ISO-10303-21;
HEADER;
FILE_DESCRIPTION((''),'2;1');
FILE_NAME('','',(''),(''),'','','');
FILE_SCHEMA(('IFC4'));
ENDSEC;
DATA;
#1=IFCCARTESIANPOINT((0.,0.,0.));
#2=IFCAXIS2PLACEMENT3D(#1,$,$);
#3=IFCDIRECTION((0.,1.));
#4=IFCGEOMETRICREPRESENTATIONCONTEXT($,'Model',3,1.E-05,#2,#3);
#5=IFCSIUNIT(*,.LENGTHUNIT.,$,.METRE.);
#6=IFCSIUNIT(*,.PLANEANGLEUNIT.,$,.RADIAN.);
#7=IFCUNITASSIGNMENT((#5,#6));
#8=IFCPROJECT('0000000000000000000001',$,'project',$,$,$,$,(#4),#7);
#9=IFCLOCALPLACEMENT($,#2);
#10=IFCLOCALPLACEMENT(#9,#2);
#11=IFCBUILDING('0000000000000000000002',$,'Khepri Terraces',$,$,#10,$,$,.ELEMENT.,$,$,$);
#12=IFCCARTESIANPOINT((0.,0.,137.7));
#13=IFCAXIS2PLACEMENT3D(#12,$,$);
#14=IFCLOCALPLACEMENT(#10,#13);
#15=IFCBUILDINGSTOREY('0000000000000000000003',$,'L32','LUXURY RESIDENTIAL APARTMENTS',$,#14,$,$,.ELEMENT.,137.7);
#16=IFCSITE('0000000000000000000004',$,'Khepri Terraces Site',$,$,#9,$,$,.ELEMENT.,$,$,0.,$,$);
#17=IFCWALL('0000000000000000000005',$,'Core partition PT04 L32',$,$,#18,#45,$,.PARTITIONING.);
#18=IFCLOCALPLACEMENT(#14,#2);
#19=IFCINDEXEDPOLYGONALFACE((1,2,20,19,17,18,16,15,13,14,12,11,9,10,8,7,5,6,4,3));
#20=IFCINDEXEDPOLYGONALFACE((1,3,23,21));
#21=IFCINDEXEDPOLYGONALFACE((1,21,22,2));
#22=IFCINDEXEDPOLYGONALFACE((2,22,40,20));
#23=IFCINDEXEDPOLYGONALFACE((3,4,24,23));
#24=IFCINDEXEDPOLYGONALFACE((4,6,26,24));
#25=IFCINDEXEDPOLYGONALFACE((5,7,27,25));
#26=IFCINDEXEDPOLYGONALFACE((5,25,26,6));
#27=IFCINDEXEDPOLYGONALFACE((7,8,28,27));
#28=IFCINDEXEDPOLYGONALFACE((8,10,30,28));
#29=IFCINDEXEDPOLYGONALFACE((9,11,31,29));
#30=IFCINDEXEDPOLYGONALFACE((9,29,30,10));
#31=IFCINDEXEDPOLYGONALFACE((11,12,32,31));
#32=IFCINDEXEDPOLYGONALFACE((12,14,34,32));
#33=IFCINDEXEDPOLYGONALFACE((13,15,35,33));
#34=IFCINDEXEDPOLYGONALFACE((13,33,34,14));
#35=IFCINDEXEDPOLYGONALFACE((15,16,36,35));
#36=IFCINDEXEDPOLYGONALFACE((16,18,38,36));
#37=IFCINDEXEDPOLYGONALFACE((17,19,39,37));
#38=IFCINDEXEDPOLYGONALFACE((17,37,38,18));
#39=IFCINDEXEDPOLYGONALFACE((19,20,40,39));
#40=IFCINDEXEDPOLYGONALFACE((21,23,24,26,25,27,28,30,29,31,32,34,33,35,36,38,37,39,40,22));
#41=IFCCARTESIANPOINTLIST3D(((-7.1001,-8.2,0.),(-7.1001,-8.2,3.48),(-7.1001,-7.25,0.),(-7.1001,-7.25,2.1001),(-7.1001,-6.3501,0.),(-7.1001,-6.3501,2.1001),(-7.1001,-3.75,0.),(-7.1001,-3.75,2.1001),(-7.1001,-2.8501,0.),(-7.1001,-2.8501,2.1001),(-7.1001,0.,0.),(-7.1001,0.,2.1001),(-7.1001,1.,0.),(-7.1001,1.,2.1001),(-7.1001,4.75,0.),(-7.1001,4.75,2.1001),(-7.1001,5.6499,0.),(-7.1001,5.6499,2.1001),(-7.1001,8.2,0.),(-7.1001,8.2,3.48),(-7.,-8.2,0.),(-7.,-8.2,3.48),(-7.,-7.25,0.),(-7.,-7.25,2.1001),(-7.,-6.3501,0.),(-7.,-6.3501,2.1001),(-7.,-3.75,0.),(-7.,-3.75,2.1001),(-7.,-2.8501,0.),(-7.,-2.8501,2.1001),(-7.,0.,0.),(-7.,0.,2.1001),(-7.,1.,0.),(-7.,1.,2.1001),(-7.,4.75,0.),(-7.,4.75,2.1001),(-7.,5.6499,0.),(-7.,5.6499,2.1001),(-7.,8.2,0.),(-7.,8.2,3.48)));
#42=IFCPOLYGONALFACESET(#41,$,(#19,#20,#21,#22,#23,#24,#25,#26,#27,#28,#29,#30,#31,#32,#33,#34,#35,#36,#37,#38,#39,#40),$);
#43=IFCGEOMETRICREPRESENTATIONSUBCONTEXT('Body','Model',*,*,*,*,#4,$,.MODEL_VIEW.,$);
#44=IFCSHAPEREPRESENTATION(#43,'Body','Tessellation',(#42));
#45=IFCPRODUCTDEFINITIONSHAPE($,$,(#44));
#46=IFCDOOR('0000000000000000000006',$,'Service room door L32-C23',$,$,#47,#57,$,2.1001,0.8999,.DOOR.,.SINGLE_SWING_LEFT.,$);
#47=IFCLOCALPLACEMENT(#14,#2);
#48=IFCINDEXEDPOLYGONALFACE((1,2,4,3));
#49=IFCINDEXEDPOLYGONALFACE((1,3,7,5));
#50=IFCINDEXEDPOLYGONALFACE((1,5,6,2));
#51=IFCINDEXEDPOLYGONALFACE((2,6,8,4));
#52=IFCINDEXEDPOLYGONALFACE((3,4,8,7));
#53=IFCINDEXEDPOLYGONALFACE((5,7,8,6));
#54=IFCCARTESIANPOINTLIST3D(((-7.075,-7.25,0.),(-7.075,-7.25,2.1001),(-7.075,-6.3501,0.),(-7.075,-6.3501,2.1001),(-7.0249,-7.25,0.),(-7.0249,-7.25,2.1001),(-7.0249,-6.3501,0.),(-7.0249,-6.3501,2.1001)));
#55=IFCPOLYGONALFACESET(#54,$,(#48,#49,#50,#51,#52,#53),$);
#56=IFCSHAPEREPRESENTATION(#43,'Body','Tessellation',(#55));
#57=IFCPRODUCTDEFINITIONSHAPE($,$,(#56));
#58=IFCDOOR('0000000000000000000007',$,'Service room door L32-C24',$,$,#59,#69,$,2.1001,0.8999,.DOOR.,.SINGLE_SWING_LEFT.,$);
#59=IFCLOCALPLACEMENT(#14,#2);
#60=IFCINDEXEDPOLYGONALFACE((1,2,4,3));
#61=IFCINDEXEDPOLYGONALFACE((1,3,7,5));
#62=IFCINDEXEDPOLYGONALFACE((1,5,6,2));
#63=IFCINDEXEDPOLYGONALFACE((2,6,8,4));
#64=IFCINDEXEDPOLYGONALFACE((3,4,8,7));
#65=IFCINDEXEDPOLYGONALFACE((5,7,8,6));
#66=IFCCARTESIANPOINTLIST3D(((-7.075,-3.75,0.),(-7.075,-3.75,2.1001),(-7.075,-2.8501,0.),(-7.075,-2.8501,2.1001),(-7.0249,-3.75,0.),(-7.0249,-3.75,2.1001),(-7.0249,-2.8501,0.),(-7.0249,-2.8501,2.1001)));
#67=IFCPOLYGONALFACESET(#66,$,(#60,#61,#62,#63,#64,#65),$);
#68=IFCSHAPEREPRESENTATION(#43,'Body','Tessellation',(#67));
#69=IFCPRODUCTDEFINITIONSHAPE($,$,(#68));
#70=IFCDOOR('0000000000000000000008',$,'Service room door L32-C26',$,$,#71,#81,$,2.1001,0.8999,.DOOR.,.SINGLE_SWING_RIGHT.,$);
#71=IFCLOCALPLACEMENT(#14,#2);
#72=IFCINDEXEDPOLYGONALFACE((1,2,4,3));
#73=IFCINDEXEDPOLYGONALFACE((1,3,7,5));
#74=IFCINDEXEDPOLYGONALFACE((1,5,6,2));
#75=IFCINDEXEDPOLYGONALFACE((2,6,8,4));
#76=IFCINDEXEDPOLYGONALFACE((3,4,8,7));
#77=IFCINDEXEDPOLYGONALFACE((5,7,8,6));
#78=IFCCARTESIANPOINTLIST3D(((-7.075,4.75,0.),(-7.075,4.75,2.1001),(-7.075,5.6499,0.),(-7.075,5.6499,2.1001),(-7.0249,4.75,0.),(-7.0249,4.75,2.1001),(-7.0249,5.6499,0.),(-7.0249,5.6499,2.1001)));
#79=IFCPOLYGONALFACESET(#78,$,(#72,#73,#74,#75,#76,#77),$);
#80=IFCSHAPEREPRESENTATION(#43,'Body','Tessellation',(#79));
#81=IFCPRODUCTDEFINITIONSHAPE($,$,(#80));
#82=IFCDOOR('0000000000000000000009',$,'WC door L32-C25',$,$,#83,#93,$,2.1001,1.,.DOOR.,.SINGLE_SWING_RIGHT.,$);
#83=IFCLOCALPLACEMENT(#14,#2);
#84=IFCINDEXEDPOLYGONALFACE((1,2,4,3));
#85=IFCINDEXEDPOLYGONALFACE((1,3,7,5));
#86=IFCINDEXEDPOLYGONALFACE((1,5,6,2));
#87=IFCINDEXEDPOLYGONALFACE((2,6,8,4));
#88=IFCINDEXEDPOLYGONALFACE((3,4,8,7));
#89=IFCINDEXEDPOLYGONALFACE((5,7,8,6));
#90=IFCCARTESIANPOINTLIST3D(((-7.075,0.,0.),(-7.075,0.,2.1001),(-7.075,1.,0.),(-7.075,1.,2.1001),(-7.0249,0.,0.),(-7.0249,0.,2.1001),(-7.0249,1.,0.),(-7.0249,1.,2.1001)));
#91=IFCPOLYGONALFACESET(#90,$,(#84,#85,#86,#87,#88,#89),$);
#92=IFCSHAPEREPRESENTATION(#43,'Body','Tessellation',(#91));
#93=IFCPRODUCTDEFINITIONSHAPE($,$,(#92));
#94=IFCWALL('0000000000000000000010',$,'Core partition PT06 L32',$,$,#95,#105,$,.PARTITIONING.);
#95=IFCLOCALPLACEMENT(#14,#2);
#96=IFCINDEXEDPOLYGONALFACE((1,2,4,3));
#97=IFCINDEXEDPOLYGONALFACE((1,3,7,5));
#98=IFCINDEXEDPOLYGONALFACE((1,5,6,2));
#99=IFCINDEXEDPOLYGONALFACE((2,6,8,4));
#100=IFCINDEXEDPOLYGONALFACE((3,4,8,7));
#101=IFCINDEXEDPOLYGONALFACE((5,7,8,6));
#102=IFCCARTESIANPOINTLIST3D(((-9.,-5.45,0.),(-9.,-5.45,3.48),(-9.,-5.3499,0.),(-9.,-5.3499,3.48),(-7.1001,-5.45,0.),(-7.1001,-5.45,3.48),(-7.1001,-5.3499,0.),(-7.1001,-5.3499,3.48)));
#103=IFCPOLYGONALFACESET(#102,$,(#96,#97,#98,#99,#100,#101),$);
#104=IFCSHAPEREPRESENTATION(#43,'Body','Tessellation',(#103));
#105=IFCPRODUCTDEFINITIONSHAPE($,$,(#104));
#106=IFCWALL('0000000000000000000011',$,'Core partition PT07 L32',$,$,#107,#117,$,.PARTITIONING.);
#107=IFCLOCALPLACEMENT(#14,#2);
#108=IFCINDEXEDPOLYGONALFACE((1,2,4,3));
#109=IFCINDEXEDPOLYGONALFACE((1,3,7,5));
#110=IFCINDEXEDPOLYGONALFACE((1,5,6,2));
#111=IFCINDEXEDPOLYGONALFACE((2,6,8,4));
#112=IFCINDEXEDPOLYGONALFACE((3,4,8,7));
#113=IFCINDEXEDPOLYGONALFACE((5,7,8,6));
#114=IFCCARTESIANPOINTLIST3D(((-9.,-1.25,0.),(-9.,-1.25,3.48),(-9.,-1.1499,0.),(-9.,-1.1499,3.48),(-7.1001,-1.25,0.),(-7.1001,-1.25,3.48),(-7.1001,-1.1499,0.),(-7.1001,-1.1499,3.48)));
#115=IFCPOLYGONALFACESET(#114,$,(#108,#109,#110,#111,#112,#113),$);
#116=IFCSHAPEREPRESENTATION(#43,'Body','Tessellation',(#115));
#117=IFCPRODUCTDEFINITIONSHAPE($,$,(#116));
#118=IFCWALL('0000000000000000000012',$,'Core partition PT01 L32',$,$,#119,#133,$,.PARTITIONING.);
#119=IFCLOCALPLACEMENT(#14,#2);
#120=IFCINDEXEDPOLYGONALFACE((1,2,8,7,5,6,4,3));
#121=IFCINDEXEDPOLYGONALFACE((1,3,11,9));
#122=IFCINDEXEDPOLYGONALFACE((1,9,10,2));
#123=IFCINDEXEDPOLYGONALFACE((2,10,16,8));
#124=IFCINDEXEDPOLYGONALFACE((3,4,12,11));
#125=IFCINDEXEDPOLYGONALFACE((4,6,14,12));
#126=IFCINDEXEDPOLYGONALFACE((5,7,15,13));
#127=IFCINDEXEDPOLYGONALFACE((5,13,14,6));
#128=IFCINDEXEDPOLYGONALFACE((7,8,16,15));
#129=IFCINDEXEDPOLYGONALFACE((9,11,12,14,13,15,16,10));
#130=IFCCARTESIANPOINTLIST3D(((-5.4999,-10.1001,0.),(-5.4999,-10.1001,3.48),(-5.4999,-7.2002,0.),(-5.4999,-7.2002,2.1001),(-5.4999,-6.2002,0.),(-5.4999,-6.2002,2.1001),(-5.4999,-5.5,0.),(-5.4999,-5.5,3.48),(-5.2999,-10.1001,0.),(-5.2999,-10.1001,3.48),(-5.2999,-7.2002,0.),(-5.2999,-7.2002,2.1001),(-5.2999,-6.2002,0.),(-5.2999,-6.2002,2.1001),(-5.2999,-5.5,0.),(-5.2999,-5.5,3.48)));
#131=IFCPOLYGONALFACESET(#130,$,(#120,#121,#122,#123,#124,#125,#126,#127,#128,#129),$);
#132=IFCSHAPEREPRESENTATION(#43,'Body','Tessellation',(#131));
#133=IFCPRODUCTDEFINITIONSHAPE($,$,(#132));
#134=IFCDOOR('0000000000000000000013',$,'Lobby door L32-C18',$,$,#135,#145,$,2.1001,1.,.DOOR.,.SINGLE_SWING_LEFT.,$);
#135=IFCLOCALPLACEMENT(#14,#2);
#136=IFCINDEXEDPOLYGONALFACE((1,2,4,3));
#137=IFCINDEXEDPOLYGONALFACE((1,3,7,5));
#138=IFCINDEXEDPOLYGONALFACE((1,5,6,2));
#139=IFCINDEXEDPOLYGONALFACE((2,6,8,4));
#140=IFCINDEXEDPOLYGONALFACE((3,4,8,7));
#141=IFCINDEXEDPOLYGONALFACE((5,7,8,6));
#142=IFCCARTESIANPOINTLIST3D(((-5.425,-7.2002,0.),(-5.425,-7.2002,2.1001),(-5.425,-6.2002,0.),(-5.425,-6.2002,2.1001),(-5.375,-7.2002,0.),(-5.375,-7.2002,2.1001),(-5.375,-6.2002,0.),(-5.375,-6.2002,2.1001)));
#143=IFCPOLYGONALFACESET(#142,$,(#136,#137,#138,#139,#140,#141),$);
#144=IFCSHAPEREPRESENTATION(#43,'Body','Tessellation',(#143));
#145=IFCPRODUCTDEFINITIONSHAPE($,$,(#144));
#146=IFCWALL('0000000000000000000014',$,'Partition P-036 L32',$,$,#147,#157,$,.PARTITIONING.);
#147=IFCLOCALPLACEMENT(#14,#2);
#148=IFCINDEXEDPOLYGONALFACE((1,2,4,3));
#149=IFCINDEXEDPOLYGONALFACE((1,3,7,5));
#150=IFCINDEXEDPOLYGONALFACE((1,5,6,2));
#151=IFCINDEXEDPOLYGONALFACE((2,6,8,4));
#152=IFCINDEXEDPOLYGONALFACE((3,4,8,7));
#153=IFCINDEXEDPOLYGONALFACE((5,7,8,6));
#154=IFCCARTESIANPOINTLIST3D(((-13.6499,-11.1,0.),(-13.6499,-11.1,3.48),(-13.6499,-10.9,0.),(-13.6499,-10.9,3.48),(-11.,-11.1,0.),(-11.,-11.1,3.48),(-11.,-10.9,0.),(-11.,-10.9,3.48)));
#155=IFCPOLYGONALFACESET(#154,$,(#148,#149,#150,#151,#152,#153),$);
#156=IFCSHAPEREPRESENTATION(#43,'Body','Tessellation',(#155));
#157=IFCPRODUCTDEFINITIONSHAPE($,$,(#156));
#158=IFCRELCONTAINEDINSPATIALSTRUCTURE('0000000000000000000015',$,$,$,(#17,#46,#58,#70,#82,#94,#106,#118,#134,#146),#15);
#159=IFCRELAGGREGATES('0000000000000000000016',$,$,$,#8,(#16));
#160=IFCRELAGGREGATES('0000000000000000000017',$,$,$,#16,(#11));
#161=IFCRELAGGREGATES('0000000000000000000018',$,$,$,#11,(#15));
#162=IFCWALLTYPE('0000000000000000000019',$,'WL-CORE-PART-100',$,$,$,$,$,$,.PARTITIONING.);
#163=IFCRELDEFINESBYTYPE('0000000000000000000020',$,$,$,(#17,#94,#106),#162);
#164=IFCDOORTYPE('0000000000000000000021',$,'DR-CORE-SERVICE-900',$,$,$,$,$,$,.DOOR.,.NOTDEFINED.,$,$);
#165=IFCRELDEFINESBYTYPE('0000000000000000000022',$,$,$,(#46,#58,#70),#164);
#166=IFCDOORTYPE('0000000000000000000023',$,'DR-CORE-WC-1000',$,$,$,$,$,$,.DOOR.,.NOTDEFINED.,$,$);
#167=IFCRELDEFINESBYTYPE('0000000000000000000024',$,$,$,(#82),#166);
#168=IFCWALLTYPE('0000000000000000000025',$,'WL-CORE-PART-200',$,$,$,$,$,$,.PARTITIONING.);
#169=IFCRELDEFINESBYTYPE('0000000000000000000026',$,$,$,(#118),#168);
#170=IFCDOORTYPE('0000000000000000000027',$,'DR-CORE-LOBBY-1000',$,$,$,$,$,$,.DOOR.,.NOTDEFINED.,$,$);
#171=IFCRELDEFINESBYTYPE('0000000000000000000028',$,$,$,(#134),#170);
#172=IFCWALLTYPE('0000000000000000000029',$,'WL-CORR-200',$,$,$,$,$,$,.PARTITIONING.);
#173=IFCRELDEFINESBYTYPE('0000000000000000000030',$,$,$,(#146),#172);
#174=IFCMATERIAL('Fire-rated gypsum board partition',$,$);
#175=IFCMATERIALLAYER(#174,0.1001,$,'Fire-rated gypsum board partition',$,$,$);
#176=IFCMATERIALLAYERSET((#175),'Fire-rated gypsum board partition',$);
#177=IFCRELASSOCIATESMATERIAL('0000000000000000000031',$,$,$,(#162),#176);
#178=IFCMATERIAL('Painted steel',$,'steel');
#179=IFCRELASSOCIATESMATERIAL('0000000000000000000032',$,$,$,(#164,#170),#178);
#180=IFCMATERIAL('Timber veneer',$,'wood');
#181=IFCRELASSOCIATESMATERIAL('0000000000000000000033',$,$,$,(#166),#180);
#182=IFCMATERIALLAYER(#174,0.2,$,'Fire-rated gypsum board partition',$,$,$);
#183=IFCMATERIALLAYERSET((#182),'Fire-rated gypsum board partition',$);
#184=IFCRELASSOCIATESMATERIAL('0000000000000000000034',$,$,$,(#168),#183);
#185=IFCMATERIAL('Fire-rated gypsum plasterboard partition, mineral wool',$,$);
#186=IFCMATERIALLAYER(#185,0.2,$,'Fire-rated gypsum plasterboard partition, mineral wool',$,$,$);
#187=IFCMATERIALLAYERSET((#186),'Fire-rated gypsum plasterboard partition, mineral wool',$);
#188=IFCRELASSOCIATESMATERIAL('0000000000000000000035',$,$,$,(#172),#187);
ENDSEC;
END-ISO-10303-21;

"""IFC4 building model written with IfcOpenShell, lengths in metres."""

from ifc_helpers import new_model, si_unit, direction, frame, frame_2d, origin, place, context, subcontext, project, spatial, rectangle, extrude, material, layer, layer_set, type_object, element, fill, save


model = new_model("IFC4")

# Units and contexts
model_context = context("Model", 3, precision=1e-05, world=origin(), true_north=direction((0.0, 1.0)))
body_context = subcontext(model_context, "Body", "Model", "MODEL_VIEW")
ifc_project = project(units=[si_unit("LENGTHUNIT", "METRE"), si_unit("PLANEANGLEUNIT", "RADIAN")], contexts=[model_context])

# Site, building, storey
site_placement = place(None, origin())
site = spatial("IfcSite", under=ifc_project, at=site_placement, Name="Khepri Terraces Site", CompositionType="ELEMENT", RefElevation=0.0)
building_placement = place(site_placement, origin())
building = spatial("IfcBuilding", under=site, at=building_placement, Name="Khepri Terraces", CompositionType="ELEMENT")
storey_placement = place(building_placement, frame((0.0, 0.0, 137.7)))
storey = spatial("IfcBuildingStorey", under=building, at=storey_placement, Name="L32", Description="LUXURY RESIDENTIAL APARTMENTS", CompositionType="ELEMENT", Elevation=137.7)

# Shared definitions
ifc_material_1 = material(Name="Painted steel", Category="steel")

# Wall, openings, doors
ifc_material_2 = material(Name="Fire-rated gypsum board partition")
ifc_layer_1 = layer(ifc_material_2, 0.1001, Name="Fire-rated gypsum board partition")
ifc_layer_set_1 = layer_set([ifc_layer_1], Name="Fire-rated gypsum board partition")
wall_type_1 = type_object("IfcWallType", Name="WL-CORE-PART-100", PredefinedType="PARTITIONING", material=ifc_layer_set_1)
wall_1_placement = place(storey_placement, frame((-7.05, -8.2, 0.0), z_axis=(0.0, 0.0, 1.0), x_axis=(0.0, 1.0, 0.0)))
wall_1 = element("IfcWall", 1, at=wall_1_placement, inside=storey, type_object=wall_type_1, Name="Core partition PT04 L32", PredefinedType="PARTITIONING", context=body_context, shape_type="SweptSolid", body=[
    extrude(rectangle(XDim=16.3999, YDim=0.1001, at=frame_2d((8.2, 0.0))), origin(), (0.0, 0.0, 1.0), 3.48),
])
opening_1_placement = place(wall_1_placement, frame((0.95, 0.0, 0.0)))
opening_1 = element("IfcOpeningElement", 2, at=opening_1_placement, cuts=wall_1, PredefinedType="OPENING", context=body_context, shape_type="SweptSolid", body=[
    extrude(rectangle(XDim=0.8999, YDim=2.1001, at=frame_2d((0.45, 1.05))), frame((0.0, 0.0601, 0.0), z_axis=(0.0, -1.0, 0.0), x_axis=(1.0, 0.0, 0.0)), (0.0, 0.0, 1.0), 0.1201),
])
opening_2_placement = place(wall_1_placement, frame((4.45, 0.0, 0.0)))
opening_2 = element("IfcOpeningElement", 3, at=opening_2_placement, cuts=wall_1, PredefinedType="OPENING", context=body_context, shape_type="SweptSolid", body=[
    extrude(rectangle(XDim=0.8999, YDim=2.1001, at=frame_2d((0.45, 1.05))), frame((0.0, 0.0601, 0.0), z_axis=(0.0, -1.0, 0.0), x_axis=(1.0, 0.0, 0.0)), (0.0, 0.0, 1.0), 0.1201),
])
opening_3_placement = place(wall_1_placement, frame((8.2, 0.0, 0.0)))
opening_3 = element("IfcOpeningElement", 4, at=opening_3_placement, cuts=wall_1, PredefinedType="OPENING", context=body_context, shape_type="SweptSolid", body=[
    extrude(rectangle(XDim=1.0, YDim=2.1001, at=frame_2d((0.5, 1.05))), frame((0.0, 0.0601, 0.0), z_axis=(0.0, -1.0, 0.0), x_axis=(1.0, 0.0, 0.0)), (0.0, 0.0, 1.0), 0.1201),
])
opening_4_placement = place(wall_1_placement, frame((12.95, 0.0, 0.0)))
opening_4 = element("IfcOpeningElement", 5, at=opening_4_placement, cuts=wall_1, PredefinedType="OPENING", context=body_context, shape_type="SweptSolid", body=[
    extrude(rectangle(XDim=0.8999, YDim=2.1001, at=frame_2d((0.45, 1.05))), frame((0.0, 0.0601, 0.0), z_axis=(0.0, -1.0, 0.0), x_axis=(1.0, 0.0, 0.0)), (0.0, 0.0, 1.0), 0.1201),
])
door_type_1 = type_object("IfcDoorType", Name="DR-CORE-SERVICE-900", OperationType="NOTDEFINED", PredefinedType="DOOR", material=ifc_material_1)
door_1_placement = place(opening_1_placement, origin())
door_1 = element("IfcDoor", 6, at=door_1_placement, inside=storey, type_object=door_type_1, Name="Service room door L32-C23", OperationType="SINGLE_SWING_LEFT", OverallHeight=2.1001, OverallWidth=0.8999, PredefinedType="DOOR", context=body_context, shape_type="SweptSolid", body=[
    extrude(rectangle(XDim=0.8999, YDim=2.1001, at=frame_2d((0.45, 1.05))), frame((0.0, 0.0249, 0.0), z_axis=(0.0, -1.0, 0.0), x_axis=(1.0, 0.0, 0.0)), (0.0, 0.0, 1.0), 0.05),
])
fill(opening_1, door_1)
door_2_placement = place(opening_2_placement, origin())
door_2 = element("IfcDoor", 7, at=door_2_placement, inside=storey, type_object=door_type_1, Name="Service room door L32-C24", OperationType="SINGLE_SWING_LEFT", OverallHeight=2.1001, OverallWidth=0.8999, PredefinedType="DOOR", context=body_context, shape_type="SweptSolid", body=[
    extrude(rectangle(XDim=0.8999, YDim=2.1001, at=frame_2d((0.45, 1.05))), frame((0.0, 0.0249, 0.0), z_axis=(0.0, -1.0, 0.0), x_axis=(1.0, 0.0, 0.0)), (0.0, 0.0, 1.0), 0.05),
])
fill(opening_2, door_2)
door_3_placement = place(opening_4_placement, origin())
door_3 = element("IfcDoor", 8, at=door_3_placement, inside=storey, type_object=door_type_1, Name="Service room door L32-C26", OperationType="SINGLE_SWING_RIGHT", OverallHeight=2.1001, OverallWidth=0.8999, PredefinedType="DOOR", context=body_context, shape_type="SweptSolid", body=[
    extrude(rectangle(XDim=0.8999, YDim=2.1001, at=frame_2d((0.45, 1.05))), frame((0.0, 0.0249, 0.0), z_axis=(0.0, -1.0, 0.0), x_axis=(1.0, 0.0, 0.0)), (0.0, 0.0, 1.0), 0.05),
])
fill(opening_4, door_3)
ifc_material_3 = material(Name="Timber veneer", Category="wood")
door_type_2 = type_object("IfcDoorType", Name="DR-CORE-WC-1000", OperationType="NOTDEFINED", PredefinedType="DOOR", material=ifc_material_3)
door_4_placement = place(opening_3_placement, origin())
door_4 = element("IfcDoor", 9, at=door_4_placement, inside=storey, type_object=door_type_2, Name="WC door L32-C25", OperationType="SINGLE_SWING_RIGHT", OverallHeight=2.1001, OverallWidth=1.0, PredefinedType="DOOR", context=body_context, shape_type="SweptSolid", body=[
    extrude(rectangle(XDim=1.0, YDim=2.1001, at=frame_2d((0.5, 1.05))), frame((0.0, 0.0249, 0.0), z_axis=(0.0, -1.0, 0.0), x_axis=(1.0, 0.0, 0.0)), (0.0, 0.0, 1.0), 0.05),
])
fill(opening_3, door_4)

# Walls
for number, where, z_axis, x_axis, name in (
    (10, (-9.0, -5.3999, 0.0), (0.0, 0.0, 1.0), (1.0, 0.0, 0.0), "Core partition PT06 L32"),
    (11, (-9.0, -1.2, 0.0), (0.0, 0.0, 1.0), (1.0, 0.0, 0.0), "Core partition PT07 L32"),
):
    element("IfcWall", number, at=place(storey_placement, frame(where, z_axis=z_axis, x_axis=x_axis)), inside=storey, type_object=wall_type_1, Name=name, PredefinedType="PARTITIONING", context=body_context, shape_type="SweptSolid", body=[
        extrude(rectangle(XDim=1.8999, YDim=0.1001, at=frame_2d((0.95, 0.0))), origin(), (0.0, 0.0, 1.0), 3.48),
    ])

# Wall, opening, door
ifc_layer_2 = layer(ifc_material_2, 0.2, Name="Fire-rated gypsum board partition")
ifc_layer_set_2 = layer_set([ifc_layer_2], Name="Fire-rated gypsum board partition")
wall_type_2 = type_object("IfcWallType", Name="WL-CORE-PART-200", PredefinedType="PARTITIONING", material=ifc_layer_set_2)
wall_2_placement = place(storey_placement, frame((-5.3999, -10.1001, 0.0), z_axis=(0.0, 0.0, 1.0), x_axis=(0.0, 1.0, 0.0)))
wall_2 = element("IfcWall", 12, at=wall_2_placement, inside=storey, type_object=wall_type_2, Name="Core partition PT01 L32", PredefinedType="PARTITIONING", context=body_context, shape_type="SweptSolid", body=[
    extrude(rectangle(XDim=4.6001, YDim=0.2, at=frame_2d((2.3, 0.0))), origin(), (0.0, 0.0, 1.0), 3.48),
])
opening_5_placement = place(wall_2_placement, frame((2.8999, 0.0, 0.0)))
opening_5 = element("IfcOpeningElement", 13, at=opening_5_placement, cuts=wall_2, PredefinedType="OPENING", context=body_context, shape_type="SweptSolid", body=[
    extrude(rectangle(XDim=1.0, YDim=2.1001, at=frame_2d((0.5, 1.05))), frame((0.0, 0.1099, 0.0), z_axis=(0.0, -1.0, 0.0), x_axis=(1.0, 0.0, 0.0)), (0.0, 0.0, 1.0), 0.22),
])
door_type_3 = type_object("IfcDoorType", Name="DR-CORE-LOBBY-1000", OperationType="NOTDEFINED", PredefinedType="DOOR", material=ifc_material_1)
door_5_placement = place(opening_5_placement, frame((1.0, 0.0, 0.0), z_axis=(0.0, 0.0, 1.0), x_axis=(-1.0, 0.0, 0.0)))
door_5 = element("IfcDoor", 14, at=door_5_placement, inside=storey, type_object=door_type_3, Name="Lobby door L32-C18", OperationType="SINGLE_SWING_LEFT", OverallHeight=2.1001, OverallWidth=1.0, PredefinedType="DOOR", context=body_context, shape_type="SweptSolid", body=[
    extrude(rectangle(XDim=1.0, YDim=2.1001, at=frame_2d((0.5, 1.05))), frame((0.0, 0.0249, 0.0), z_axis=(0.0, -1.0, 0.0), x_axis=(1.0, 0.0, 0.0)), (0.0, 0.0, 1.0), 0.05),
])
fill(opening_5, door_5)

# Wall
ifc_material_4 = material(Name="Fire-rated gypsum plasterboard partition, mineral wool")
ifc_layer_3 = layer(ifc_material_4, 0.2, Name="Fire-rated gypsum plasterboard partition, mineral wool")
ifc_layer_set_3 = layer_set([ifc_layer_3], Name="Fire-rated gypsum plasterboard partition, mineral wool")
wall_type_3 = type_object("IfcWallType", Name="WL-CORR-200", PredefinedType="PARTITIONING", material=ifc_layer_set_3)
wall_3_placement = place(storey_placement, frame((-13.6499, -11.0, 0.0), z_axis=(0.0, 0.0, 1.0), x_axis=(1.0, 0.0, 0.0)))
element("IfcWall", 15, at=wall_3_placement, inside=storey, type_object=wall_type_3, Name="Partition P-036 L32", PredefinedType="PARTITIONING", context=body_context, shape_type="SweptSolid", body=[
    extrude(rectangle(XDim=2.6499, YDim=0.2, at=frame_2d((1.325, 0.0))), origin(), (0.0, 0.0, 1.0), 3.48),
])

save(model, "model.ifc")
